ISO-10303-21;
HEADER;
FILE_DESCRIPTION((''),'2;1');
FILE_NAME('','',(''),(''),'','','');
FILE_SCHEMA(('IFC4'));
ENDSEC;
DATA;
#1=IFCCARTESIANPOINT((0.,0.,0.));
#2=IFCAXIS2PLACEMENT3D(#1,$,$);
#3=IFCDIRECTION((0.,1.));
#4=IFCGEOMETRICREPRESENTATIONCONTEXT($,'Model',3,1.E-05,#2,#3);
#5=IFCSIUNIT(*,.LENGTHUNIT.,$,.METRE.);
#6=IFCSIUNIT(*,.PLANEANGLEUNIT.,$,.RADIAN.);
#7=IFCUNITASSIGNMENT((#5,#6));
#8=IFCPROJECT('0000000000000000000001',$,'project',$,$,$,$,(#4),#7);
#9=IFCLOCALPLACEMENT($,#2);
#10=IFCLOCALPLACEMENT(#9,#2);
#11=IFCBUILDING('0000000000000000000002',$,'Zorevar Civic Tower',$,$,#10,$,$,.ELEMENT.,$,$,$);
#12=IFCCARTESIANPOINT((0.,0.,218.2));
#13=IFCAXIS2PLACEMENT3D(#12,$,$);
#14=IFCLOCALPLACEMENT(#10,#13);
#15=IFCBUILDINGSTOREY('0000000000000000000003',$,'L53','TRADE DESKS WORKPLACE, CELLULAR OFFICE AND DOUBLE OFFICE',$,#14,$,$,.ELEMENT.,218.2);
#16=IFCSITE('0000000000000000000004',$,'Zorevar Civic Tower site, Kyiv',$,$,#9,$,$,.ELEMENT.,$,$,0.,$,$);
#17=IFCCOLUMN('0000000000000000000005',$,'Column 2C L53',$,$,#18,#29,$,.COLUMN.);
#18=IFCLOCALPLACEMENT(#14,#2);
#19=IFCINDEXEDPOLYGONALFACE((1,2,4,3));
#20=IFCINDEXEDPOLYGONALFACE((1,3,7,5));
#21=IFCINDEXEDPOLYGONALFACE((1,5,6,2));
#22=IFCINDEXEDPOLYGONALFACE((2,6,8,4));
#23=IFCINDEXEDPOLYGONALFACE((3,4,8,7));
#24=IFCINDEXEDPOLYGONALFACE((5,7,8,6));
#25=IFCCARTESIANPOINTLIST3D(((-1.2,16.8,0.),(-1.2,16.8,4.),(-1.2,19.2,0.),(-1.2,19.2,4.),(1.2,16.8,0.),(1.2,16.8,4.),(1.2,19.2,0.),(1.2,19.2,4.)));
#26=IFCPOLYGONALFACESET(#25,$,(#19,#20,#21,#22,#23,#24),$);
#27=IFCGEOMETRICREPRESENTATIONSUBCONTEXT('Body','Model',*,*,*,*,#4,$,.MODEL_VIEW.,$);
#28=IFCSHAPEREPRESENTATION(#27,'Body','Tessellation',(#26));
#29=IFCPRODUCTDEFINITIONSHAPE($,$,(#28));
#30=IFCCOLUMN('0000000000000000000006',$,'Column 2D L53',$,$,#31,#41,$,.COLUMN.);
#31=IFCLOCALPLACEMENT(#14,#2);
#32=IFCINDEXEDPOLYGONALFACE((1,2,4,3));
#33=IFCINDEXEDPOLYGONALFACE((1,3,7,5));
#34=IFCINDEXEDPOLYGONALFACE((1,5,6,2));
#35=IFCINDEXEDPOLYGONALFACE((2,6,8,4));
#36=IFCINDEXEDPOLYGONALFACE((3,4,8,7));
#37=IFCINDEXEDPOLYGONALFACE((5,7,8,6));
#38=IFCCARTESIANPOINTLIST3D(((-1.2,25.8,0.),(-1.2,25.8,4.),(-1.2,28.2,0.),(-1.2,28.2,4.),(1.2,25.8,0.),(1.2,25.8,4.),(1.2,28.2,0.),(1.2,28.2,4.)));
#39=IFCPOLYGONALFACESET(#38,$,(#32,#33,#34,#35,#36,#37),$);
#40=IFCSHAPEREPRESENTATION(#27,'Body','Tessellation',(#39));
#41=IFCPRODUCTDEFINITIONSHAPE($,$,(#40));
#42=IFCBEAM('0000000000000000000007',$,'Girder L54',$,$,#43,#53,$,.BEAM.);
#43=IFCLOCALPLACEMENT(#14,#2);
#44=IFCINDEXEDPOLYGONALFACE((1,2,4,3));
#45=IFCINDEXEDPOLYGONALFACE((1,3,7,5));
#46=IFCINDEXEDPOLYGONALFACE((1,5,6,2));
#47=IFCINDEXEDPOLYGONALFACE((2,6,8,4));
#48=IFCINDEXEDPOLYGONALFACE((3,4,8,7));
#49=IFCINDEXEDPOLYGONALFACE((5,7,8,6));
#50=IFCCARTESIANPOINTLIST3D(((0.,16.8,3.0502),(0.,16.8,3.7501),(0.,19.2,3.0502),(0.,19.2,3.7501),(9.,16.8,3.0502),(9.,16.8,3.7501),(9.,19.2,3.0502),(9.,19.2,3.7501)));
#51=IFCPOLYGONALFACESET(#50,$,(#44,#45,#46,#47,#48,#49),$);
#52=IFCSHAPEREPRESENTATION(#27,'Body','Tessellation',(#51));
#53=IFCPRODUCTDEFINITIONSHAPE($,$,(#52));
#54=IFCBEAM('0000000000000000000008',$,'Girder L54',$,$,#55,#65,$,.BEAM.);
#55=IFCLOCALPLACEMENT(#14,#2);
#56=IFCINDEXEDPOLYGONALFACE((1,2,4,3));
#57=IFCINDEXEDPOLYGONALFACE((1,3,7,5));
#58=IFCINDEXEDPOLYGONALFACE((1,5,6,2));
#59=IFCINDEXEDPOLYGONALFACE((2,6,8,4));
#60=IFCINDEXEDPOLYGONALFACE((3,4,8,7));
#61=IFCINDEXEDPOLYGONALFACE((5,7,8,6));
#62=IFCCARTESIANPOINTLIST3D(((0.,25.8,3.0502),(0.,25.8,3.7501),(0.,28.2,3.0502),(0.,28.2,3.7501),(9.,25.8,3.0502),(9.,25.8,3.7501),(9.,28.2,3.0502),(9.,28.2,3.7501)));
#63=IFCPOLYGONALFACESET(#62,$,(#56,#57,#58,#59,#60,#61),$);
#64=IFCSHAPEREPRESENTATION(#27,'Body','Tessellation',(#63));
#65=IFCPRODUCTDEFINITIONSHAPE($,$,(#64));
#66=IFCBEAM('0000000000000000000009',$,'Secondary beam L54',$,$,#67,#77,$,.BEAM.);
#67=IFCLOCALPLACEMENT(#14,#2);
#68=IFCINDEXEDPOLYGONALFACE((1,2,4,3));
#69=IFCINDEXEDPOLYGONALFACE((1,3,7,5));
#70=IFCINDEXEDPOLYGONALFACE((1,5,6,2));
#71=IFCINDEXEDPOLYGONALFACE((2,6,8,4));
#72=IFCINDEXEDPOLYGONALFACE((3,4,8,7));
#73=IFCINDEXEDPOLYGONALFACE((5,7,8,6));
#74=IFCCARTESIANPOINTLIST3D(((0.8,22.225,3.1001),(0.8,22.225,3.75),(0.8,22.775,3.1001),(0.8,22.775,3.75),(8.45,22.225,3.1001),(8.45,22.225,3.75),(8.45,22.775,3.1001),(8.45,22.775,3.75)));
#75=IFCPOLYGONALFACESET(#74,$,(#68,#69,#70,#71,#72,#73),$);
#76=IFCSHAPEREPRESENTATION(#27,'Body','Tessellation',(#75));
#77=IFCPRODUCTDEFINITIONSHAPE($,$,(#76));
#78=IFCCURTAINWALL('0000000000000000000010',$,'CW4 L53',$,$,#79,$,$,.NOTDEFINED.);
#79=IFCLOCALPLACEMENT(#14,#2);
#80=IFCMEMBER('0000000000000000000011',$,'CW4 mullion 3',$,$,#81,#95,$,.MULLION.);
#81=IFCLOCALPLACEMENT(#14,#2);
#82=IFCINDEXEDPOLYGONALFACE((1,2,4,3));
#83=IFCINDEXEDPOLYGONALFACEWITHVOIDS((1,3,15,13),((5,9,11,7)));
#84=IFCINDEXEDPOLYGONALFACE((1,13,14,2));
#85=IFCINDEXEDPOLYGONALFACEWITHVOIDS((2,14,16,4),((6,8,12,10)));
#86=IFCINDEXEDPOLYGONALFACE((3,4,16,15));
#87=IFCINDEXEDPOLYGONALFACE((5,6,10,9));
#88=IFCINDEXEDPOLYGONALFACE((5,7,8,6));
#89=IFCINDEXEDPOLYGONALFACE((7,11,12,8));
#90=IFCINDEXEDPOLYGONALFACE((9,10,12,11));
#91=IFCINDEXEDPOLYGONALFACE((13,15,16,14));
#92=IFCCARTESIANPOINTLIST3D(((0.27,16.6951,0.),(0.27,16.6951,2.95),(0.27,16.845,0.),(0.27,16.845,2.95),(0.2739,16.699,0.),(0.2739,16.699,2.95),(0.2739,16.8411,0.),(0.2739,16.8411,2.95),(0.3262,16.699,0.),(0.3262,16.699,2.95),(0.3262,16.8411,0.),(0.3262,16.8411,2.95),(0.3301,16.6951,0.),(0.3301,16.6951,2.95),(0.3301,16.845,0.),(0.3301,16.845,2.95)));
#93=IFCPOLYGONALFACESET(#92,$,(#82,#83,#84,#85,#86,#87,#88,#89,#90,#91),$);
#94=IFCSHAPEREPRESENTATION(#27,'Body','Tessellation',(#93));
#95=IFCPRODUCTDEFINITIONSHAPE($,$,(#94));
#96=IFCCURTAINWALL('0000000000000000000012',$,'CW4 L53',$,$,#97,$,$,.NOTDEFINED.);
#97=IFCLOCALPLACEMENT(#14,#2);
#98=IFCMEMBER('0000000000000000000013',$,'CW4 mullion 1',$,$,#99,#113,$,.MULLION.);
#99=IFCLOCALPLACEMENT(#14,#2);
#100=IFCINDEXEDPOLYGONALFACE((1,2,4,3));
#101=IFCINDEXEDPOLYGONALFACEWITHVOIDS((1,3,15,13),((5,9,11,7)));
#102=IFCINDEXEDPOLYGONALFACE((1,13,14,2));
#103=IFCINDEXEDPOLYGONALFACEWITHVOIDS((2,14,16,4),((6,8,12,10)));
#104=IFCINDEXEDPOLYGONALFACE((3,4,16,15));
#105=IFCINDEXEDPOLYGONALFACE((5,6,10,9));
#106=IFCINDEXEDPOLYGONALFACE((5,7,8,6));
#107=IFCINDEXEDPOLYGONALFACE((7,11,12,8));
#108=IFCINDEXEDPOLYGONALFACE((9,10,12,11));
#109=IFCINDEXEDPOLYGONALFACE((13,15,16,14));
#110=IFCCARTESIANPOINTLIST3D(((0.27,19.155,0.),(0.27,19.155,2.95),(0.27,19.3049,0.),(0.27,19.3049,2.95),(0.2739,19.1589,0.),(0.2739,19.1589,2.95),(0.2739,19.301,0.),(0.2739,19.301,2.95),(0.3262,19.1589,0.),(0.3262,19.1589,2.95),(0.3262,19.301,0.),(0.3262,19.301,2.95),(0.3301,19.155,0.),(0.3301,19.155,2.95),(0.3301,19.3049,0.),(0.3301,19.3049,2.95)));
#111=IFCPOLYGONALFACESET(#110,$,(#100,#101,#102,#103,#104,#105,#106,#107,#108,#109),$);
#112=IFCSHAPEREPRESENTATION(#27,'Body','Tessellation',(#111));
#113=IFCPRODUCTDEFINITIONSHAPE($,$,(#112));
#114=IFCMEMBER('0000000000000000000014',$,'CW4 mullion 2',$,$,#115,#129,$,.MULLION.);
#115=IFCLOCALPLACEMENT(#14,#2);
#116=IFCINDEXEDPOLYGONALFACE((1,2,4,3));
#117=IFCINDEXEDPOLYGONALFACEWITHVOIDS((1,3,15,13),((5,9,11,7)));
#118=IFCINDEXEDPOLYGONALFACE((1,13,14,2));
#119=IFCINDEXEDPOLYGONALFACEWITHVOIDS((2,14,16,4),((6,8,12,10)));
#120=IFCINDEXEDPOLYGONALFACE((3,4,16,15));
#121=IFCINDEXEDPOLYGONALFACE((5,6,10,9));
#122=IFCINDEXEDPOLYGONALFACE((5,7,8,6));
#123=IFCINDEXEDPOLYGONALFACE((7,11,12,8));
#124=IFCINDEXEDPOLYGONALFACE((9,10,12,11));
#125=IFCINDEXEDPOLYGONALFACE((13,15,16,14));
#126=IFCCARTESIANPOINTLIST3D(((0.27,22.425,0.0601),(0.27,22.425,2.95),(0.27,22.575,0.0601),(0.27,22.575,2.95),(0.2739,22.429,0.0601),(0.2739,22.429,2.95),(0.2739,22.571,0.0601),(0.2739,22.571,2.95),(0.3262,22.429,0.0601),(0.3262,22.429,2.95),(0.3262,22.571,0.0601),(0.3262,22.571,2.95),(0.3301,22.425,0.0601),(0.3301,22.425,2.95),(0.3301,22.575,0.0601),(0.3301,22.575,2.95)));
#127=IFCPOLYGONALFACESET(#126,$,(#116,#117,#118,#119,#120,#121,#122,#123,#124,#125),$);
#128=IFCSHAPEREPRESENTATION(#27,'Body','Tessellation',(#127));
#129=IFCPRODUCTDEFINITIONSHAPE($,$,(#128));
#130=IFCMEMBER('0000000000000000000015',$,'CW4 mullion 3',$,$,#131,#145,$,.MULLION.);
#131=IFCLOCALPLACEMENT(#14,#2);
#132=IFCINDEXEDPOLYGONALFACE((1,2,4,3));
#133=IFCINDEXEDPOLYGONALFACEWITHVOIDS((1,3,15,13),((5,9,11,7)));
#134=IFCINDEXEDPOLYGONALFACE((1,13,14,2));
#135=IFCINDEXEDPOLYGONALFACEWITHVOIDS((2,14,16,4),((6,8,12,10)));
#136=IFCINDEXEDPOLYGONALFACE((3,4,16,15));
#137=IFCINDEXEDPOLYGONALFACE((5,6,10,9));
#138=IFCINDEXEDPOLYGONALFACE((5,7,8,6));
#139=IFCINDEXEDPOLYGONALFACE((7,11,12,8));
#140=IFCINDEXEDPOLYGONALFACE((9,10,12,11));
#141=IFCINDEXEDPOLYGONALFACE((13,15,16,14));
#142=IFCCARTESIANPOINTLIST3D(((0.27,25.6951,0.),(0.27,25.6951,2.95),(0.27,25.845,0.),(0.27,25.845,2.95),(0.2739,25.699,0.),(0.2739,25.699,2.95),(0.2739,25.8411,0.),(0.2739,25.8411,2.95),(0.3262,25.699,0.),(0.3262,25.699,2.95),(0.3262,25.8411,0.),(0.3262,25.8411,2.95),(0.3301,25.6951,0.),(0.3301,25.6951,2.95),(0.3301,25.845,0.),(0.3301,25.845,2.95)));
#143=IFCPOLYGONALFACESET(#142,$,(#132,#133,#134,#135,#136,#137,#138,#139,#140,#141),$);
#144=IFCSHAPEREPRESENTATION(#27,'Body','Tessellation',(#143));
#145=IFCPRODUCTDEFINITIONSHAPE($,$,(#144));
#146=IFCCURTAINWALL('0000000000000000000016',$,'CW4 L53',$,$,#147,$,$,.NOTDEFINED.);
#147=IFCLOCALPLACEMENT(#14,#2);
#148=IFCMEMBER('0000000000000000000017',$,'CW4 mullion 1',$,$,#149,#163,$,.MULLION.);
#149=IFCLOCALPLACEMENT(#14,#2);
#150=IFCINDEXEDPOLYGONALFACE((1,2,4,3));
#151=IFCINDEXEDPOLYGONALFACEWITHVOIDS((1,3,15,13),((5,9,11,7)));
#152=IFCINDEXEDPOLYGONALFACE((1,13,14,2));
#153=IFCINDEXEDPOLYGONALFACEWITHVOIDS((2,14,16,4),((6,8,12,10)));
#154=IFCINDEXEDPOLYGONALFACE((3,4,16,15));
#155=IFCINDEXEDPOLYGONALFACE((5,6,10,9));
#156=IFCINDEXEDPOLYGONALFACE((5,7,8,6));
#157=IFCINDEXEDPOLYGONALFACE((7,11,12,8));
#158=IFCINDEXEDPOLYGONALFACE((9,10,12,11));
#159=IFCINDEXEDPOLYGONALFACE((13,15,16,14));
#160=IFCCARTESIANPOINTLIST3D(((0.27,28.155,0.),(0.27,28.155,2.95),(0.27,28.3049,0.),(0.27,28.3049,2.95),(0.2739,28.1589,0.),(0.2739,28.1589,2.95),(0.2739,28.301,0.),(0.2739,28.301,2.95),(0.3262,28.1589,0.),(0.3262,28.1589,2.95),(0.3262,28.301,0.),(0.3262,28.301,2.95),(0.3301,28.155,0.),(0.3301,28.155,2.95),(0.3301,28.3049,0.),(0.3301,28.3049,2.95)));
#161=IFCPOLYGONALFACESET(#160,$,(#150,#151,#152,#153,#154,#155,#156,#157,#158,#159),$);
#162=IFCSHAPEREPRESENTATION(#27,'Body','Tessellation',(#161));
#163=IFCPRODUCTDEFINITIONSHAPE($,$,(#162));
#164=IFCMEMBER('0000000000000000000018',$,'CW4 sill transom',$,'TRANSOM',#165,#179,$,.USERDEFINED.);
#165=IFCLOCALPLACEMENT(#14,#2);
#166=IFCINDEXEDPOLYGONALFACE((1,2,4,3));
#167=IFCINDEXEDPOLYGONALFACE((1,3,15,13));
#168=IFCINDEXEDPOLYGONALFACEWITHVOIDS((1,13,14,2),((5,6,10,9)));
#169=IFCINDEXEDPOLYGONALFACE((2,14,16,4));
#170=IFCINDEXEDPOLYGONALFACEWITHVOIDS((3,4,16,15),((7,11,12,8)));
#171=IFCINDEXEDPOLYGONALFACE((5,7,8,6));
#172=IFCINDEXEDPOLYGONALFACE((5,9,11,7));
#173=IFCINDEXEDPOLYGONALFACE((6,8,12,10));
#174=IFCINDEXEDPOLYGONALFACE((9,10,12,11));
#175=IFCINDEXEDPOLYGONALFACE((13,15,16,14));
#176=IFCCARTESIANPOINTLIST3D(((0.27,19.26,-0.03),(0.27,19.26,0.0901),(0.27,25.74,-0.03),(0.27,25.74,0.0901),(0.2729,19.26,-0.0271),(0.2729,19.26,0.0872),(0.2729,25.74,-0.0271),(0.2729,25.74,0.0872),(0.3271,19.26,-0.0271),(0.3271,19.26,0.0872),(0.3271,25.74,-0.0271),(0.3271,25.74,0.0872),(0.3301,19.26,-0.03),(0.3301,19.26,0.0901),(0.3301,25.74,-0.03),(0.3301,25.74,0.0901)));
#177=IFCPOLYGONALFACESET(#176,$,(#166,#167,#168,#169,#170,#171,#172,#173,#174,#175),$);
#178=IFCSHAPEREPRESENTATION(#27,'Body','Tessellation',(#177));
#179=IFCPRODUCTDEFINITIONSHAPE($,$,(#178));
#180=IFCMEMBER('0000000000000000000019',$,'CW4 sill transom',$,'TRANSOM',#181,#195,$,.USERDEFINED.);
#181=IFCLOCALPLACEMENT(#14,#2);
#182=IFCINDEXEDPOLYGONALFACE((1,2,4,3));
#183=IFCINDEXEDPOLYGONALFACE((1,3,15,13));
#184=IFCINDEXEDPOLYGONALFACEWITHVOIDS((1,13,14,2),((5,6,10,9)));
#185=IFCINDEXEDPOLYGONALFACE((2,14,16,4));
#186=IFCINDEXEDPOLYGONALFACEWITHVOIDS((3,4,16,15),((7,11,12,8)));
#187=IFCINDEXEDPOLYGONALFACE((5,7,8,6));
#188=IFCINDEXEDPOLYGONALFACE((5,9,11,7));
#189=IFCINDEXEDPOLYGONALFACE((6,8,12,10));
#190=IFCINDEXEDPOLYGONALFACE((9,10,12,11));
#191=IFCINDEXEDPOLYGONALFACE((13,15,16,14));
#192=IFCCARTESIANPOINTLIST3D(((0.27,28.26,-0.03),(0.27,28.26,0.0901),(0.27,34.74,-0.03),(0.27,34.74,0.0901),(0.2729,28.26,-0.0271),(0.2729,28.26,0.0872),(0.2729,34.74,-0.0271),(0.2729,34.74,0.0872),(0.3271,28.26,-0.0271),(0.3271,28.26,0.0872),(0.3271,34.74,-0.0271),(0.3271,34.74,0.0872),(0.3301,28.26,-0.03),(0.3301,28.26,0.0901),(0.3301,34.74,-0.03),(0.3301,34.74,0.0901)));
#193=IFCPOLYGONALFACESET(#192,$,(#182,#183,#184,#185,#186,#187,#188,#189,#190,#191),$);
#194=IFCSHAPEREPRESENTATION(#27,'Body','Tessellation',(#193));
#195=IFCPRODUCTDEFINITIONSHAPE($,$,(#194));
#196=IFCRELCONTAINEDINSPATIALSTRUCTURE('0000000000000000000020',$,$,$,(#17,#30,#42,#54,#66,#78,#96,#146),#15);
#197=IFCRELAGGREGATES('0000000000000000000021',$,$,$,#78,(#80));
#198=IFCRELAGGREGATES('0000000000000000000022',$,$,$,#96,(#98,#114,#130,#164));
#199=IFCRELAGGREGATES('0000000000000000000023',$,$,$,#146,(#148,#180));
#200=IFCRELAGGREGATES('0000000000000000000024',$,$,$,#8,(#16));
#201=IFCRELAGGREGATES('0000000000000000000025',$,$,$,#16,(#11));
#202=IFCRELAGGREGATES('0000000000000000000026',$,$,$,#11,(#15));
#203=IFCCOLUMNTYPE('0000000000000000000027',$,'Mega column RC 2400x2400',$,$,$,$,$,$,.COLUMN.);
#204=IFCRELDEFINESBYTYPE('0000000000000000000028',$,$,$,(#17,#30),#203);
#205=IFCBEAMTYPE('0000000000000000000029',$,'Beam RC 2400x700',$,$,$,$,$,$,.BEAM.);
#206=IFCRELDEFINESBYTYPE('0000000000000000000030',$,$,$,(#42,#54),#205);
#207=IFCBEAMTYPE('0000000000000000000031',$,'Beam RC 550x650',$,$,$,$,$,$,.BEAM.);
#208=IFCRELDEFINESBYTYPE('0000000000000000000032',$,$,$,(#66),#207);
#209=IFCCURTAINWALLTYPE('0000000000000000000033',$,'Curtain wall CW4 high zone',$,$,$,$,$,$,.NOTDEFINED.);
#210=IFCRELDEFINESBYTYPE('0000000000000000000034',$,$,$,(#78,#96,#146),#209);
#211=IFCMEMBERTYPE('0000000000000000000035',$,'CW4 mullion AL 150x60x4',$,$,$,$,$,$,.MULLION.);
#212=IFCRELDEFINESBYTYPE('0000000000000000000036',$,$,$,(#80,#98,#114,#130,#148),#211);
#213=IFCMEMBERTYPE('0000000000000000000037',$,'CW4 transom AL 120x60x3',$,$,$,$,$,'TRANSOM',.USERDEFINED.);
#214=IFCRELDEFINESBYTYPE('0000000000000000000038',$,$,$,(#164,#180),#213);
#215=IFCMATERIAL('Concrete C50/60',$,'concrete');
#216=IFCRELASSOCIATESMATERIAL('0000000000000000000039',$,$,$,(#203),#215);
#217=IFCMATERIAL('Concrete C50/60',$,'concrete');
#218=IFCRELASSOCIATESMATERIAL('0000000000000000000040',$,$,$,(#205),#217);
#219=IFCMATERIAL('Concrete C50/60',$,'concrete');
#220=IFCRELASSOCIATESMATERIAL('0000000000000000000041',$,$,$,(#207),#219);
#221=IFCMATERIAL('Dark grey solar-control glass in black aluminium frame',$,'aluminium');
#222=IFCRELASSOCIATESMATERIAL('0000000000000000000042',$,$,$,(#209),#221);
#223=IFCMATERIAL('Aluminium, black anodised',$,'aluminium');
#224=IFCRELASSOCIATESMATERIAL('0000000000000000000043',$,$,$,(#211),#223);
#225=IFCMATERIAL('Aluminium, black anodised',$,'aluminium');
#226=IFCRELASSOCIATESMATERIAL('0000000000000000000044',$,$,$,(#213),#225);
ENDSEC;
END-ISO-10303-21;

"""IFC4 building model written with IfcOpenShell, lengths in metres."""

from ifc_helpers import new_model, si_unit, direction, frame, origin, origin_2d, place, context, subcontext, project, spatial, rectangle, hollow_rectangle, extrude, material, material_profile, profile_set, type_object, element, aggregate, save


model = new_model("IFC4")

# Units and contexts
model_context = context("Model", 3, precision=1e-05, world=origin(), true_north=direction((0.0, 1.0)))
body_context = subcontext(model_context, "Body", "Model", "MODEL_VIEW")
ifc_project = project(units=[si_unit("LENGTHUNIT", "METRE"), si_unit("PLANEANGLEUNIT", "RADIAN")], contexts=[model_context])

# Site, building, storey
site_placement = place(None, origin())
site = spatial("IfcSite", under=ifc_project, at=site_placement, Name="Zorevar Civic Tower site, Kyiv", CompositionType="ELEMENT", RefElevation=0.0)
building_placement = place(site_placement, origin())
building = spatial("IfcBuilding", under=site, at=building_placement, Name="Zorevar Civic Tower", CompositionType="ELEMENT")
storey_placement = place(building_placement, frame((0.0, 0.0, 218.2)))
storey = spatial("IfcBuildingStorey", under=building, at=storey_placement, Name="L53", Description="TRADE DESKS WORKPLACE, CELLULAR OFFICE AND DOUBLE OFFICE", CompositionType="ELEMENT", Elevation=218.2)

# Columns
ifc_material_1 = material(Name="Concrete C50/60", Category="concrete")
ifc_material_profile_1 = material_profile(ifc_material_1, rectangle(XDim=2.3999, YDim=2.3999, at=origin_2d()), Name="RC 2400x2400")
ifc_profile_set_1 = profile_set([ifc_material_profile_1], Name="Concrete C50/60")
column_type = type_object("IfcColumnType", Name="Mega column RC 2400x2400", PredefinedType="COLUMN", material=ifc_profile_set_1)
for number, where, z_axis, x_axis, name in (
    (1, (0.0, 18.0, 0.0), (0.0, 0.0, 1.0), (1.0, 0.0, 0.0), "Column 2C L53"),
    (2, (0.0, 27.0, 0.0), (0.0, 0.0, 1.0), (1.0, 0.0, 0.0), "Column 2D L53"),
):
    element("IfcColumn", number, at=place(storey_placement, frame(where, z_axis=z_axis, x_axis=x_axis)), inside=storey, type_object=column_type, Name=name, PredefinedType="COLUMN", context=body_context, shape_type="SweptSolid", body=[
        extrude(rectangle(XDim=2.3999, YDim=2.3999, at=origin_2d()), origin(), (0.0, 0.0, 1.0), 4.0),
    ])

# Beams
ifc_material_2 = material(Name="Concrete C50/60", Category="concrete")
ifc_material_profile_2 = material_profile(ifc_material_2, rectangle(XDim=2.3999, YDim=0.7, at=origin_2d()), Name="RC 2400x700")
ifc_profile_set_2 = profile_set([ifc_material_profile_2], Name="Concrete C50/60")
beam_type_1 = type_object("IfcBeamType", Name="Beam RC 2400x700", PredefinedType="BEAM", material=ifc_profile_set_2)
for number, where, z_axis, x_axis, name in (
    (3, (0.0, 18.0, 3.4001), (1.0, 0.0, 0.0), (0.0, 1.0, 0.0), "Girder L54"),
    (4, (0.0, 27.0, 3.4001), (1.0, 0.0, 0.0), (0.0, 1.0, 0.0), "Girder L54"),
):
    element("IfcBeam", number, at=place(storey_placement, frame(where, z_axis=z_axis, x_axis=x_axis)), inside=storey, type_object=beam_type_1, Name=name, PredefinedType="BEAM", context=body_context, shape_type="SweptSolid", body=[
        extrude(rectangle(XDim=2.3999, YDim=0.7, at=origin_2d()), origin(), (0.0, 0.0, 1.0), 9.0),
    ])
ifc_material_3 = material(Name="Concrete C50/60", Category="concrete")
ifc_material_profile_3 = material_profile(ifc_material_3, rectangle(XDim=0.55, YDim=0.6499, at=origin_2d()), Name="RC 550x650")
ifc_profile_set_3 = profile_set([ifc_material_profile_3], Name="Concrete C50/60")
beam_type_2 = type_object("IfcBeamType", Name="Beam RC 550x650", PredefinedType="BEAM", material=ifc_profile_set_3)
beam_placement = place(storey_placement, frame((0.8, 22.5, 3.425), z_axis=(1.0, 0.0, 0.0), x_axis=(0.0, 1.0, 0.0)))
element("IfcBeam", 5, at=beam_placement, inside=storey, type_object=beam_type_2, Name="Secondary beam L54", PredefinedType="BEAM", context=body_context, shape_type="SweptSolid", body=[
    extrude(rectangle(XDim=0.55, YDim=0.6499, at=origin_2d()), origin(), (0.0, 0.0, 1.0), 7.6499),
])

# Curtain wall, member
ifc_material_4 = material(Name="Dark grey solar-control glass in black aluminium frame", Category="aluminium")
curtain_wall_type = type_object("IfcCurtainWallType", Name="Curtain wall CW4 high zone", PredefinedType="NOTDEFINED", material=ifc_material_4)
curtain_wall_1_placement = place(storey_placement, origin())
curtain_wall_1 = element("IfcCurtainWall", 6, at=curtain_wall_1_placement, inside=storey, type_object=curtain_wall_type, Name="CW4 L53", PredefinedType="NOTDEFINED")
ifc_material_5 = material(Name="Aluminium, black anodised", Category="aluminium")
ifc_material_profile_4 = material_profile(ifc_material_5, hollow_rectangle(XDim=0.0601, YDim=0.1499, WallThickness=0.0039, at=origin_2d()), Name="AL 150x60x4")
ifc_profile_set_4 = profile_set([ifc_material_profile_4], Name="Aluminium, black anodised")
member_type_1 = type_object("IfcMemberType", Name="CW4 mullion AL 150x60x4", PredefinedType="MULLION", material=ifc_profile_set_4)
member_1_placement = place(storey_placement, frame((0.3, 16.77, 0.0), z_axis=(0.0, 0.0, 1.0), x_axis=(-1.0, 0.0, 0.0)))
member_1 = element("IfcMember", 7, at=member_1_placement, type_object=member_type_1, Name="CW4 mullion 3", PredefinedType="MULLION", context=body_context, shape_type="SweptSolid", body=[
    extrude(hollow_rectangle(XDim=0.0601, YDim=0.1499, WallThickness=0.0039, at=origin_2d()), origin(), (0.0, 0.0, 1.0), 2.95),
])

# Curtain wall, members
curtain_wall_2_placement = place(storey_placement, origin())
curtain_wall_2 = element("IfcCurtainWall", 8, at=curtain_wall_2_placement, inside=storey, type_object=curtain_wall_type, Name="CW4 L53", PredefinedType="NOTDEFINED")
member_2_placement = place(storey_placement, frame((0.3, 19.23, 0.0), z_axis=(0.0, 0.0, 1.0), x_axis=(-1.0, 0.0, 0.0)))
member_2 = element("IfcMember", 9, at=member_2_placement, type_object=member_type_1, Name="CW4 mullion 1", PredefinedType="MULLION", context=body_context, shape_type="SweptSolid", body=[
    extrude(hollow_rectangle(XDim=0.0601, YDim=0.1499, WallThickness=0.0039, at=origin_2d()), origin(), (0.0, 0.0, 1.0), 2.95),
])
member_3_placement = place(storey_placement, frame((0.3, 22.5, 0.0601), z_axis=(0.0, 0.0, 1.0), x_axis=(-1.0, 0.0, 0.0)))
member_3 = element("IfcMember", 10, at=member_3_placement, type_object=member_type_1, Name="CW4 mullion 2", PredefinedType="MULLION", context=body_context, shape_type="SweptSolid", body=[
    extrude(hollow_rectangle(XDim=0.0601, YDim=0.1499, WallThickness=0.0039, at=origin_2d()), origin(), (0.0, 0.0, 1.0), 2.8899),
])
member_4_placement = place(storey_placement, frame((0.3, 25.77, 0.0), z_axis=(0.0, 0.0, 1.0), x_axis=(-1.0, 0.0, 0.0)))
member_4 = element("IfcMember", 11, at=member_4_placement, type_object=member_type_1, Name="CW4 mullion 3", PredefinedType="MULLION", context=body_context, shape_type="SweptSolid", body=[
    extrude(hollow_rectangle(XDim=0.0601, YDim=0.1499, WallThickness=0.0039, at=origin_2d()), origin(), (0.0, 0.0, 1.0), 2.95),
])

# Curtain wall, member
curtain_wall_3_placement = place(storey_placement, origin())
curtain_wall_3 = element("IfcCurtainWall", 12, at=curtain_wall_3_placement, inside=storey, type_object=curtain_wall_type, Name="CW4 L53", PredefinedType="NOTDEFINED")
member_5_placement = place(storey_placement, frame((0.3, 28.23, 0.0), z_axis=(0.0, 0.0, 1.0), x_axis=(-1.0, 0.0, 0.0)))
member_5 = element("IfcMember", 13, at=member_5_placement, type_object=member_type_1, Name="CW4 mullion 1", PredefinedType="MULLION", context=body_context, shape_type="SweptSolid", body=[
    extrude(hollow_rectangle(XDim=0.0601, YDim=0.1499, WallThickness=0.0039, at=origin_2d()), origin(), (0.0, 0.0, 1.0), 2.95),
])

# Members
ifc_material_6 = material(Name="Aluminium, black anodised", Category="aluminium")
ifc_material_profile_5 = material_profile(ifc_material_6, hollow_rectangle(XDim=0.0601, YDim=0.1201, WallThickness=0.0029, at=origin_2d()), Name="AL 120x60x3")
ifc_profile_set_5 = profile_set([ifc_material_profile_5], Name="Aluminium, black anodised")
member_type_2 = type_object("IfcMemberType", Name="CW4 transom AL 120x60x3", ElementType="TRANSOM", PredefinedType="USERDEFINED", material=ifc_profile_set_5)
member_6_placement = place(storey_placement, frame((0.3, 19.26, 0.03), z_axis=(0.0, 1.0, 0.0), x_axis=(-1.0, 0.0, 0.0)))
member_6 = element("IfcMember", 14, at=member_6_placement, type_object=member_type_2, Name="CW4 sill transom", ObjectType="TRANSOM", PredefinedType="USERDEFINED", context=body_context, shape_type="SweptSolid", body=[
    extrude(hollow_rectangle(XDim=0.0601, YDim=0.1201, WallThickness=0.0029, at=origin_2d()), origin(), (0.0, 0.0, 1.0), 6.48),
])
member_7_placement = place(storey_placement, frame((0.3, 28.26, 0.03), z_axis=(0.0, 1.0, 0.0), x_axis=(-1.0, 0.0, 0.0)))
member_7 = element("IfcMember", 15, at=member_7_placement, type_object=member_type_2, Name="CW4 sill transom", ObjectType="TRANSOM", PredefinedType="USERDEFINED", context=body_context, shape_type="SweptSolid", body=[
    extrude(hollow_rectangle(XDim=0.0601, YDim=0.1201, WallThickness=0.0029, at=origin_2d()), origin(), (0.0, 0.0, 1.0), 6.48),
])

aggregate(curtain_wall_1, [member_1])
aggregate(curtain_wall_2, [member_2, member_3, member_4, member_6])
aggregate(curtain_wall_3, [member_5, member_7])

save(model, "model.ifc")
